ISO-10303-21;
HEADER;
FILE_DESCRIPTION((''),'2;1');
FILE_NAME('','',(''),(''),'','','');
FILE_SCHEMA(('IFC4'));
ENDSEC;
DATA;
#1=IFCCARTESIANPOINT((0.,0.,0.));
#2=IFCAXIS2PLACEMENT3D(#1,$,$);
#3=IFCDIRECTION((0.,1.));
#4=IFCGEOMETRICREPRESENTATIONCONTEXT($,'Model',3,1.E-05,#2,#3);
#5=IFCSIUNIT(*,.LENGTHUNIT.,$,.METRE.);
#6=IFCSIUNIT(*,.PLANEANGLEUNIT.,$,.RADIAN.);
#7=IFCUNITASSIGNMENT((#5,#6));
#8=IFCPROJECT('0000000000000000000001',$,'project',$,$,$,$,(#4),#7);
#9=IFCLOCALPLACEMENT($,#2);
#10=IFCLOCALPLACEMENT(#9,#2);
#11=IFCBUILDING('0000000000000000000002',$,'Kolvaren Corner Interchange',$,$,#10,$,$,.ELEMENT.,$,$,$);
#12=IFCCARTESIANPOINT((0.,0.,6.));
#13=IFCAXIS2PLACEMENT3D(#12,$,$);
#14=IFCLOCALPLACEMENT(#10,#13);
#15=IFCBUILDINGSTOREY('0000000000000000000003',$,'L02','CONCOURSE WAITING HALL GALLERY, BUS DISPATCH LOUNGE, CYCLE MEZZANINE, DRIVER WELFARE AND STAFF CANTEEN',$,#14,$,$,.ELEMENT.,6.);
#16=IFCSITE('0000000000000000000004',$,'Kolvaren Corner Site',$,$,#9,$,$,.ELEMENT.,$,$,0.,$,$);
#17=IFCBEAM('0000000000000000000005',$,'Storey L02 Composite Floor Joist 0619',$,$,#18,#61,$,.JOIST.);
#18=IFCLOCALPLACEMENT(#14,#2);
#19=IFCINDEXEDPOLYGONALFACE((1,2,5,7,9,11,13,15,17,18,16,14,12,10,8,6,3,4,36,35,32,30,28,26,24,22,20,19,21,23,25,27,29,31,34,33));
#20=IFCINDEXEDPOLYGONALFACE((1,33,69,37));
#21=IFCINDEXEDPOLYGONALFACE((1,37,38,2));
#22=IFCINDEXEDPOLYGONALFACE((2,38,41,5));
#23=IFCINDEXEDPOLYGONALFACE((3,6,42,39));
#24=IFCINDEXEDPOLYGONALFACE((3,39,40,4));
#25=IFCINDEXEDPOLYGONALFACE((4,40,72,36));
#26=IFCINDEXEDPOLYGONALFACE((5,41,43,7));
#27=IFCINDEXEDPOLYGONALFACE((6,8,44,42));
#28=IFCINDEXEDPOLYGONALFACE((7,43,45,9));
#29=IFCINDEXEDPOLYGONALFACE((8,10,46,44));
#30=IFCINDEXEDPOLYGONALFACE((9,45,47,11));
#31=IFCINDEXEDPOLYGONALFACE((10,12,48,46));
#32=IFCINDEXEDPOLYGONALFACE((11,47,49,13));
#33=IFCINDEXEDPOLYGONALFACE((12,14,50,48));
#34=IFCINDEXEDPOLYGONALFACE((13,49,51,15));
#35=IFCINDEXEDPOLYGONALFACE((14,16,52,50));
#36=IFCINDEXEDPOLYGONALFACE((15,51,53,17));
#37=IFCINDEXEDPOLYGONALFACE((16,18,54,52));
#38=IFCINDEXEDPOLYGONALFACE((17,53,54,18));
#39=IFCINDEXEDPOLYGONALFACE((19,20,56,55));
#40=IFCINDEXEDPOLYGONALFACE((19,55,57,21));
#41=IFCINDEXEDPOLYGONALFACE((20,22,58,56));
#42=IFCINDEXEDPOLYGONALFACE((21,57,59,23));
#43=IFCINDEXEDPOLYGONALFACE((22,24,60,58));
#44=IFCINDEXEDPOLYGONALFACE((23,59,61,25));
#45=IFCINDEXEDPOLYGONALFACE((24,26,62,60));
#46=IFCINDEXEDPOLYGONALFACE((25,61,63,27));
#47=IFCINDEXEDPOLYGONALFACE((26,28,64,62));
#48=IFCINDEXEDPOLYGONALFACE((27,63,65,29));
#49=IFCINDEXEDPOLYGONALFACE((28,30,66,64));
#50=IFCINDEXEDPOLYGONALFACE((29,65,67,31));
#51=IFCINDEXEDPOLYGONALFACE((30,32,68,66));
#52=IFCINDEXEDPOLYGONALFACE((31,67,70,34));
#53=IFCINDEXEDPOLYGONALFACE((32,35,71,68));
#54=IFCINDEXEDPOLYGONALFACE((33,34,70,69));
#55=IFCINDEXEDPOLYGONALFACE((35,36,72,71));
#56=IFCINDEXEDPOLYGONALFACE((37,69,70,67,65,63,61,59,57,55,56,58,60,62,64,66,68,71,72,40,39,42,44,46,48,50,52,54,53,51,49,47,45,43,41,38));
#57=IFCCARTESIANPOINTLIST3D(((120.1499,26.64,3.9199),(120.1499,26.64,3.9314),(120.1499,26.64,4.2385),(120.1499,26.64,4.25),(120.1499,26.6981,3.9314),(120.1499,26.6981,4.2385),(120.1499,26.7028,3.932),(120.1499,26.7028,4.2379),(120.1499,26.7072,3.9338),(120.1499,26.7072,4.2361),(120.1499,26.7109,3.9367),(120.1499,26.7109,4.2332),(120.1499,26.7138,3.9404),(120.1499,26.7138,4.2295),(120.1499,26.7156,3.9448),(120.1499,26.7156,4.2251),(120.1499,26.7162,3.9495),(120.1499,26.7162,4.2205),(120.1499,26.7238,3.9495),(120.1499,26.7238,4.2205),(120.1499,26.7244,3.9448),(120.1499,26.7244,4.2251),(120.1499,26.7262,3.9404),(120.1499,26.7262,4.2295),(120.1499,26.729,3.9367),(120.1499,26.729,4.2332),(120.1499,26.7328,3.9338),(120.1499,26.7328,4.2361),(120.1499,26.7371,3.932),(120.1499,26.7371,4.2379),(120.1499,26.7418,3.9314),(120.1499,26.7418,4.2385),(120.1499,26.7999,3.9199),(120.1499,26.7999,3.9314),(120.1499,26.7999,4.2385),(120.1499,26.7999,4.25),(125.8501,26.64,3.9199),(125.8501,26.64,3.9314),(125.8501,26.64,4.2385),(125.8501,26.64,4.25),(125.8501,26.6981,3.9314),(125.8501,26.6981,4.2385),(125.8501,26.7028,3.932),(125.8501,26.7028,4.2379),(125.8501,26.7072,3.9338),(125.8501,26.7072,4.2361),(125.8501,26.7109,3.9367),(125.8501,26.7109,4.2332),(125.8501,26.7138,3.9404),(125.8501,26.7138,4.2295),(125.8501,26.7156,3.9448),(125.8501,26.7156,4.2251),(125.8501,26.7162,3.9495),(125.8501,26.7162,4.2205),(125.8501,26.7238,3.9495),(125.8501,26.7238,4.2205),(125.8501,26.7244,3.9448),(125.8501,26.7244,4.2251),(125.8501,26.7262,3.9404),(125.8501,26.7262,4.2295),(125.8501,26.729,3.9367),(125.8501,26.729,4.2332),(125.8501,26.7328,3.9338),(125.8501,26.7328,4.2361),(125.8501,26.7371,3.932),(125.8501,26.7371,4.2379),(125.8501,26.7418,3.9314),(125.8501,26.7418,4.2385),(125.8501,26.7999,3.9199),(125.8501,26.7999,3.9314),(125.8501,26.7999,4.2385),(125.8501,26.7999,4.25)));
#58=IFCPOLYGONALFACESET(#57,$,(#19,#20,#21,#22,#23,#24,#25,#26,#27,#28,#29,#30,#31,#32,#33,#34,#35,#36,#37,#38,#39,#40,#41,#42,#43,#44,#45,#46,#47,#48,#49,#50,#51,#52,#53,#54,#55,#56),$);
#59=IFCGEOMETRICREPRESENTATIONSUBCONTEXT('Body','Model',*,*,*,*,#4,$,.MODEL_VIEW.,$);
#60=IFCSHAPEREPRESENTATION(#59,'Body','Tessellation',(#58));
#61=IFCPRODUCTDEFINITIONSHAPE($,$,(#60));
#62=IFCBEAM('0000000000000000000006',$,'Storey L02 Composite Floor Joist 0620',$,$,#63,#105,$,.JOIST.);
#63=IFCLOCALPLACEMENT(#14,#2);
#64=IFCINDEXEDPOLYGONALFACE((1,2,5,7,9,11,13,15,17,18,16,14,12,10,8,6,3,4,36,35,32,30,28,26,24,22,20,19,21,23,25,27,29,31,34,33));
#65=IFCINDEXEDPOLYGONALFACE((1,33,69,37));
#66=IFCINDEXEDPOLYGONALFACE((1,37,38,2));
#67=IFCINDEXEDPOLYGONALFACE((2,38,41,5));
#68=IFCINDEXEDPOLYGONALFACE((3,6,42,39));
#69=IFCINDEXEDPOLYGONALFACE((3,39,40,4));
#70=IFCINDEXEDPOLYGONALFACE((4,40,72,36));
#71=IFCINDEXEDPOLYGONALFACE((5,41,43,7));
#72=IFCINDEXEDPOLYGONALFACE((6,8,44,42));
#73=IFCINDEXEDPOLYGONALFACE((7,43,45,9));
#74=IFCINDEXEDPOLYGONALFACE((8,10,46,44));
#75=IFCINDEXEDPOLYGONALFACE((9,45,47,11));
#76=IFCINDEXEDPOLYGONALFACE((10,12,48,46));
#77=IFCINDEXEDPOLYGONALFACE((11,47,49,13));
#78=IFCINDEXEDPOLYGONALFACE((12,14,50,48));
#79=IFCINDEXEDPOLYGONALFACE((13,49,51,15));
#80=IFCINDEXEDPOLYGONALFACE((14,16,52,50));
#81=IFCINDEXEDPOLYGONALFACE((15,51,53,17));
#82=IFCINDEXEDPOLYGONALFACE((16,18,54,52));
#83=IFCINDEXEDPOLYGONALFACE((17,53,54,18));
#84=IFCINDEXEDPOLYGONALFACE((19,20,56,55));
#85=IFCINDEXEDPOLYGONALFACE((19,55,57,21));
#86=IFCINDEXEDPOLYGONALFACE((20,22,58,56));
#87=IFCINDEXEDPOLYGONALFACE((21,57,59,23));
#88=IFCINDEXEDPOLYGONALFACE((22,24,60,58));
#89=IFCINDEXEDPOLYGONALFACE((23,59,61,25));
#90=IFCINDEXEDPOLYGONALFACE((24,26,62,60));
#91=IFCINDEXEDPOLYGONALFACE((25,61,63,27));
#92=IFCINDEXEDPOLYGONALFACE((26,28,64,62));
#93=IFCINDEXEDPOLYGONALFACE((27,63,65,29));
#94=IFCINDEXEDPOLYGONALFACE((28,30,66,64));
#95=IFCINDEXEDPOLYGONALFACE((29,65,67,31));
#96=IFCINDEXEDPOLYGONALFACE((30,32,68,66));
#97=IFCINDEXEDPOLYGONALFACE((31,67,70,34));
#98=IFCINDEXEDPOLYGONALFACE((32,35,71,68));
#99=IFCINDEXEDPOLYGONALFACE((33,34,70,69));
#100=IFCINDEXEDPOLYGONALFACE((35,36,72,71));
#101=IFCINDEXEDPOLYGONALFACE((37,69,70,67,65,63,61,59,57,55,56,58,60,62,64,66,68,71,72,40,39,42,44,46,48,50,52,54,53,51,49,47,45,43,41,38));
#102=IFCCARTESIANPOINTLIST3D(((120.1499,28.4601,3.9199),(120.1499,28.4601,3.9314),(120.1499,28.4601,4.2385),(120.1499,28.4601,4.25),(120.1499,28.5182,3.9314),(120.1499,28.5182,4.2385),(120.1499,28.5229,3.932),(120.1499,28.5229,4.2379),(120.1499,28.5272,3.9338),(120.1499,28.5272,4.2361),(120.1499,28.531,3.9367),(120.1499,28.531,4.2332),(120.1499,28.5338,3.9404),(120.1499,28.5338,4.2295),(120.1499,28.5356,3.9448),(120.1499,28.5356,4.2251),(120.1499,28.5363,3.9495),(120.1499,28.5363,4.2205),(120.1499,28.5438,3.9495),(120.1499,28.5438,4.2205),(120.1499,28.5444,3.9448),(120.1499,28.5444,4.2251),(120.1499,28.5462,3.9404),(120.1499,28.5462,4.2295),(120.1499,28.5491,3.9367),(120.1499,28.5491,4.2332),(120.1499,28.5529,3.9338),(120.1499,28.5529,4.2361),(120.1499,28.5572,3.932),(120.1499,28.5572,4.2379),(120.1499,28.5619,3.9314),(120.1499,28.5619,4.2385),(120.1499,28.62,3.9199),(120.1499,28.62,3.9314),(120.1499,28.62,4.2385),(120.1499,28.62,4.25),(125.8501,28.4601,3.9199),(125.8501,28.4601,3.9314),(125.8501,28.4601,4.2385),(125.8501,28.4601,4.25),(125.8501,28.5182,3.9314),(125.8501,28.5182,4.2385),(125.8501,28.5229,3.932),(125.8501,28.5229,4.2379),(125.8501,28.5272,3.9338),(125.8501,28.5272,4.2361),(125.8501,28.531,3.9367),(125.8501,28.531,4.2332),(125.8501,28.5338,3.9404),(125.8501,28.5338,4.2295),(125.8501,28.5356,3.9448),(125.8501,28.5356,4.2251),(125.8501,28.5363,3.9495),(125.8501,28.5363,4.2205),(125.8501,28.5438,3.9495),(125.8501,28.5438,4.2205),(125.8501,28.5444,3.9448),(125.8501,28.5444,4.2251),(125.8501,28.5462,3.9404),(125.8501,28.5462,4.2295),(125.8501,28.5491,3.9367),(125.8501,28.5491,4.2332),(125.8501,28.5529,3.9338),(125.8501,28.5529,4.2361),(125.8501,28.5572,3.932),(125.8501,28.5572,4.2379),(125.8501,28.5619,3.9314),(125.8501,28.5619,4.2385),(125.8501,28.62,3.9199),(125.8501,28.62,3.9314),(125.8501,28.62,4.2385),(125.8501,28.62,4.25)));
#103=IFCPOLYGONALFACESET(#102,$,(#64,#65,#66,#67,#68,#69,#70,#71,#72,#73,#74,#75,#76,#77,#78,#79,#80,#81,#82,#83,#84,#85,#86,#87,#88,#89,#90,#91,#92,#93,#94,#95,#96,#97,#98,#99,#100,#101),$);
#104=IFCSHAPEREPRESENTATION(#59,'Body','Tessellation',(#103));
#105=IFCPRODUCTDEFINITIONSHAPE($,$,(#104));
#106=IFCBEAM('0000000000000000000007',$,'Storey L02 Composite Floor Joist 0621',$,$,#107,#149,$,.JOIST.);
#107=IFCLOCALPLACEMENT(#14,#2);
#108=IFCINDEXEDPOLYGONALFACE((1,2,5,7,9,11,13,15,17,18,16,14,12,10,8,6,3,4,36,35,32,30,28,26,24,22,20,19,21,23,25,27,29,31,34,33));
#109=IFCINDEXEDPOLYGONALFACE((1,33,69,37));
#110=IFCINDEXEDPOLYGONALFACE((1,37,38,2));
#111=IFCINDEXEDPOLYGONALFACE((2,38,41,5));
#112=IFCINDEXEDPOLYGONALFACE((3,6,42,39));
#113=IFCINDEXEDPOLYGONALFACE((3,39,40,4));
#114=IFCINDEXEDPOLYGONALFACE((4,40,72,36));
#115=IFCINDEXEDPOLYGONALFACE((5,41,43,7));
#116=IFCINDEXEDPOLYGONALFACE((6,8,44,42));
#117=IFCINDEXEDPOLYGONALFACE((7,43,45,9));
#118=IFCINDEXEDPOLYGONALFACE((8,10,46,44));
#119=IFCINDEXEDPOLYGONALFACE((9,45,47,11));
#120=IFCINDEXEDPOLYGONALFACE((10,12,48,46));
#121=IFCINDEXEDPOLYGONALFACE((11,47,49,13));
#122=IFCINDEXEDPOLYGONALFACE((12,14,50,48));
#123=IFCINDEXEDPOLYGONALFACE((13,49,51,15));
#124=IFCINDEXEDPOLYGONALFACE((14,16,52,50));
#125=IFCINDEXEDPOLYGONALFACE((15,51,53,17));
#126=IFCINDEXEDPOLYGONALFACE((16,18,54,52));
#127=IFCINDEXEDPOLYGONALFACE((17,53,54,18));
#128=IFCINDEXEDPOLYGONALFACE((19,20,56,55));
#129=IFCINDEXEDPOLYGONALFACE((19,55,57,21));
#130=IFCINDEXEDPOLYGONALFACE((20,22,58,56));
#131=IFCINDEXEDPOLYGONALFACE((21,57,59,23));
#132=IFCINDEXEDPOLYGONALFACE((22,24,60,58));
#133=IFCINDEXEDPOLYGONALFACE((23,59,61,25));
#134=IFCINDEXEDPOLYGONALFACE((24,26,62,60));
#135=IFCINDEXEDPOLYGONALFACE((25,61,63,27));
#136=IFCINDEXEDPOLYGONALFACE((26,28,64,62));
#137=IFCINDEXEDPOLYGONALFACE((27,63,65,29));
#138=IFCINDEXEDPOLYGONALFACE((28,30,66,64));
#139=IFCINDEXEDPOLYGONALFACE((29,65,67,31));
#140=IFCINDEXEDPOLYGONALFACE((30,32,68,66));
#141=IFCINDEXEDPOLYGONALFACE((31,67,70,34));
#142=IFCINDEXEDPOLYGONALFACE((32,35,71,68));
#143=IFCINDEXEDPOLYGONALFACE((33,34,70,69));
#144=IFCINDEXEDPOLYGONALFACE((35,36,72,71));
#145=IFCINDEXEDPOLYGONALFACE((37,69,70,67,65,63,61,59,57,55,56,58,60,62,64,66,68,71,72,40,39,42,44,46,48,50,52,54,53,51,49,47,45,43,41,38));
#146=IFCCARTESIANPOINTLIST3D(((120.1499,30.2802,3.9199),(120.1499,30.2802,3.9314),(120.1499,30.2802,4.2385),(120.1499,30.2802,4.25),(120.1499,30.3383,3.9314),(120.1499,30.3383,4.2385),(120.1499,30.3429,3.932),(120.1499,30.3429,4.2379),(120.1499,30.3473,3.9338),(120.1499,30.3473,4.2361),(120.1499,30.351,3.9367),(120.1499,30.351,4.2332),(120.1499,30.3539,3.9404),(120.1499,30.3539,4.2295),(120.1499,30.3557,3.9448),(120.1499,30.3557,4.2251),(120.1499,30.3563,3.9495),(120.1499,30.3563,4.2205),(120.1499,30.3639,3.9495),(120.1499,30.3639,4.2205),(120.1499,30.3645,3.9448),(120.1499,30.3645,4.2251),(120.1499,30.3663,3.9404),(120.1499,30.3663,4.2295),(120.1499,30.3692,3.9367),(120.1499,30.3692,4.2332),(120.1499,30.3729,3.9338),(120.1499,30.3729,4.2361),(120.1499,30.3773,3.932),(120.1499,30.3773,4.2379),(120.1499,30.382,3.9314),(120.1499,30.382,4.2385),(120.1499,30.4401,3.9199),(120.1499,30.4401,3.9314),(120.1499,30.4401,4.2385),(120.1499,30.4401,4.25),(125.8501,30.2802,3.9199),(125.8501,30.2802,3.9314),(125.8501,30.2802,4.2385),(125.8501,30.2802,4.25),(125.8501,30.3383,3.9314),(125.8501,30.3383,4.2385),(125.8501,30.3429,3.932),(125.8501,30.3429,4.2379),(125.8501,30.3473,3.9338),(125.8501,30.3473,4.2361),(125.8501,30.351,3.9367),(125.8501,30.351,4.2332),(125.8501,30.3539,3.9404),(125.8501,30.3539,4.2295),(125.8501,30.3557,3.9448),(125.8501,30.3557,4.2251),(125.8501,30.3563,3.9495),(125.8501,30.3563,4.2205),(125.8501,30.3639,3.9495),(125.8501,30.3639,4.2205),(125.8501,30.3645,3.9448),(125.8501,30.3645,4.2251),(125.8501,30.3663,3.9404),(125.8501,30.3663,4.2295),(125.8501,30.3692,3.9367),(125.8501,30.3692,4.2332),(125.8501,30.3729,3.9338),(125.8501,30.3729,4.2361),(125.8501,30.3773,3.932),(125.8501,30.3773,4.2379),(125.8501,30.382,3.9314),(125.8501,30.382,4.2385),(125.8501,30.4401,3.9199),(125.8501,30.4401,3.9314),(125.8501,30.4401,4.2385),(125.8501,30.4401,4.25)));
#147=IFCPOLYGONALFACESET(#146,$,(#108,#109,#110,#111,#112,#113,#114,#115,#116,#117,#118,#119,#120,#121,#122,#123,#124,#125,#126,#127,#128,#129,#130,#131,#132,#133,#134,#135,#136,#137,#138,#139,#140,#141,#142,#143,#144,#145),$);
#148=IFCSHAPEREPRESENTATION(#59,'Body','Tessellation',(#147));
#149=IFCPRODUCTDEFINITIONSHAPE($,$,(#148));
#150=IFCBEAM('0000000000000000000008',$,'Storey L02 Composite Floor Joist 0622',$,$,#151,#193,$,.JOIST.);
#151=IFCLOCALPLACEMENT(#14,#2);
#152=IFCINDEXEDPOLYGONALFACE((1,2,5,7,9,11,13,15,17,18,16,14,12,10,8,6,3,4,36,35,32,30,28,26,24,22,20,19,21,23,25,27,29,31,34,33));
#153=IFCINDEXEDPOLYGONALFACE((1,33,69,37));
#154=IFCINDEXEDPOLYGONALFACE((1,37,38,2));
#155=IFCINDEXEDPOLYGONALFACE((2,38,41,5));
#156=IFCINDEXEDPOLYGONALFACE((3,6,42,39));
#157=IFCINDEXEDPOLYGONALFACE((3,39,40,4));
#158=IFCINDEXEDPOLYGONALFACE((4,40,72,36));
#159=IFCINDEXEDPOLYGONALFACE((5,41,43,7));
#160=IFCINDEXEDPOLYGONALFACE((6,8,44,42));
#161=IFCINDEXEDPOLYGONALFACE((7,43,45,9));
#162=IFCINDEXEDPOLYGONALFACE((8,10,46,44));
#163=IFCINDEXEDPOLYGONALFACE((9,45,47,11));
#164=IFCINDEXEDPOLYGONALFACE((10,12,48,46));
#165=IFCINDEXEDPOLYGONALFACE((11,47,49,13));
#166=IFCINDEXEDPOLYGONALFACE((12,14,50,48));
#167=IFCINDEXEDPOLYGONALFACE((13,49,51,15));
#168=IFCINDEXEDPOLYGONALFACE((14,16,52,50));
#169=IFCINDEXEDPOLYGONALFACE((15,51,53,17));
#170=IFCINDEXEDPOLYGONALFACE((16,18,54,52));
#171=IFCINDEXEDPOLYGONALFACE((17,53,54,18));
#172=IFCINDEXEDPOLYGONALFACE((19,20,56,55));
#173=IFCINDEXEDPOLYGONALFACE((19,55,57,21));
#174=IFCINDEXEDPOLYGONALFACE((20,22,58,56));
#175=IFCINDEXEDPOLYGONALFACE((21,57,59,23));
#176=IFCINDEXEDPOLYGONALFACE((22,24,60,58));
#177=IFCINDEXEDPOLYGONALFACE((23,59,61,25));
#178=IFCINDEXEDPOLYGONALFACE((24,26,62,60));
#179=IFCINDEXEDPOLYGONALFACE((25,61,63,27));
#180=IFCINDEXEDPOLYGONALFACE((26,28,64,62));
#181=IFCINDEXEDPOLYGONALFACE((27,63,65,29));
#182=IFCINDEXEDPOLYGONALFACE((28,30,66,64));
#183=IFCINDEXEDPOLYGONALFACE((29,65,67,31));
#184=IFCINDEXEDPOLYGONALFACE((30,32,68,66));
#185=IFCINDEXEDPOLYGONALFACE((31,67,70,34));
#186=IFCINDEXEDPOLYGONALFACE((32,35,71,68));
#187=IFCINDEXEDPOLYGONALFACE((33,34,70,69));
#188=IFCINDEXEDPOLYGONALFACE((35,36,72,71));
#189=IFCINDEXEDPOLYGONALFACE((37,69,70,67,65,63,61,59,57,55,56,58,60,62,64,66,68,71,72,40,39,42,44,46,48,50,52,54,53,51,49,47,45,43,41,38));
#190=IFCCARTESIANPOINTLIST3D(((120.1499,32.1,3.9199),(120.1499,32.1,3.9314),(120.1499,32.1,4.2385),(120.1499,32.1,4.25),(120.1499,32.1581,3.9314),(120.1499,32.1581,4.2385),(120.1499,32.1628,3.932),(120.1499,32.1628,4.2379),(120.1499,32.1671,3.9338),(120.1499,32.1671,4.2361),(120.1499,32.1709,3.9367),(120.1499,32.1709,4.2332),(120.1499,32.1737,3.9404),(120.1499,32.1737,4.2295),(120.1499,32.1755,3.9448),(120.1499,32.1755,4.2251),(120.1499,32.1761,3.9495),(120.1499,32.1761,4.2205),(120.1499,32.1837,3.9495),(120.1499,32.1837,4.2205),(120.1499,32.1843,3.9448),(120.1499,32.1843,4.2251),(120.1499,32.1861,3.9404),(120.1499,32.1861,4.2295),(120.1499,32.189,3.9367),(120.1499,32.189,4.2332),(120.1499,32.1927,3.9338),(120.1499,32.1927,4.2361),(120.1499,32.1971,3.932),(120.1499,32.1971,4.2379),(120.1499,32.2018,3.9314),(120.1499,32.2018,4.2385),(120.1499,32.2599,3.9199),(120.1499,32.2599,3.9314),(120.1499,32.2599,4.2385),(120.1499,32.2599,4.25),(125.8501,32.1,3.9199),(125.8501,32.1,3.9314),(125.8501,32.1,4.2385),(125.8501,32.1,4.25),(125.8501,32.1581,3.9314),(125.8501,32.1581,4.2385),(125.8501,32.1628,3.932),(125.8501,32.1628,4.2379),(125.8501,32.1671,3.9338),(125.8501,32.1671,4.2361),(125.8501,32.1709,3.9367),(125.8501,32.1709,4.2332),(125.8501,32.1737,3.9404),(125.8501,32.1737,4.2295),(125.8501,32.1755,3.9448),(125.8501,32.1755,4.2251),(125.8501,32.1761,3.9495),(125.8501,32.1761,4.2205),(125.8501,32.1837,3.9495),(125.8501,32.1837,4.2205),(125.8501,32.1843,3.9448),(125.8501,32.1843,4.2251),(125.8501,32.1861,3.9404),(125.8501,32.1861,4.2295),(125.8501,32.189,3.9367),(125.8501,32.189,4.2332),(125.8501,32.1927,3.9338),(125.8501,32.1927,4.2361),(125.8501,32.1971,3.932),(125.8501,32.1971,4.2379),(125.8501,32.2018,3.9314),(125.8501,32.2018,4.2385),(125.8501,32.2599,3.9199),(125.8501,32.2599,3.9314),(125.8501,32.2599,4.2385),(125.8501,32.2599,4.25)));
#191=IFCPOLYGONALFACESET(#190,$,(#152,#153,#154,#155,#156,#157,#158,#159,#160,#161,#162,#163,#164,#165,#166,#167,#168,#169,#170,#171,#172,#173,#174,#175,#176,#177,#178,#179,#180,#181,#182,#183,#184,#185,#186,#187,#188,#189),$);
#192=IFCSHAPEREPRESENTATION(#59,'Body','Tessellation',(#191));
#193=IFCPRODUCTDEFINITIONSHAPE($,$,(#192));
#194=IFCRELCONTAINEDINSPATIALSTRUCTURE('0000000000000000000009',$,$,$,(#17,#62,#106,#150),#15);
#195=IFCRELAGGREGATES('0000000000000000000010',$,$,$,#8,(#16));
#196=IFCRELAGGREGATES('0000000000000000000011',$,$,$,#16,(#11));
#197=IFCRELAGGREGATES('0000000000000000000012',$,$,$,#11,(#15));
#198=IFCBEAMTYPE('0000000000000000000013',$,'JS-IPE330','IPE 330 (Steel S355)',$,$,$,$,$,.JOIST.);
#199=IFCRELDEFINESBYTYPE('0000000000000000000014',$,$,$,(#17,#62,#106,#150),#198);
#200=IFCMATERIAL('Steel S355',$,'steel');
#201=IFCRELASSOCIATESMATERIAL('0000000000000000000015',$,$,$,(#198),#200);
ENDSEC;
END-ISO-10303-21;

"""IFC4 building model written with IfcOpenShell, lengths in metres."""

from ifc_helpers import new_model, si_unit, direction, frame, origin, origin_2d, place, context, subcontext, project, spatial, i_section, extrude, material, material_profile, profile_set, type_object, element, save


model = new_model("IFC4")

# Units and contexts
model_context = context("Model", 3, precision=1e-05, world=origin(), true_north=direction((0.0, 1.0)))
body_context = subcontext(model_context, "Body", "Model", "MODEL_VIEW")
ifc_project = project(units=[si_unit("LENGTHUNIT", "METRE"), si_unit("PLANEANGLEUNIT", "RADIAN")], contexts=[model_context])

# Site, building, storey
site_placement = place(None, origin())
site = spatial("IfcSite", under=ifc_project, at=site_placement, Name="Kolvaren Corner Site", CompositionType="ELEMENT", RefElevation=0.0)
building_placement = place(site_placement, origin())
building = spatial("IfcBuilding", under=site, at=building_placement, Name="Kolvaren Corner Interchange", CompositionType="ELEMENT")
storey_placement = place(building_placement, frame((0.0, 0.0, 6.0)))
storey = spatial("IfcBuildingStorey", under=building, at=storey_placement, Name="L02", Description="CONCOURSE WAITING HALL GALLERY, BUS DISPATCH LOUNGE, CYCLE MEZZANINE, DRIVER WELFARE AND STAFF CANTEEN", CompositionType="ELEMENT", Elevation=6.0)

# Beams
ifc_material_1 = material(Name="Steel S355", Category="steel")
ifc_material_profile_1 = material_profile(ifc_material_1, i_section(OverallWidth=0.1599, OverallDepth=0.3301, WebThickness=0.0076, FlangeThickness=0.0115, FilletRadius=0.0181, at=origin_2d()), Name="IPE 330")
ifc_profile_set_1 = profile_set([ifc_material_profile_1], Name="Steel S355")
beam_type_1 = type_object("IfcBeamType", Name="JS-IPE330", Description="IPE 330 (Steel S355)", PredefinedType="JOIST", material=ifc_profile_set_1)
for number, where, z_axis, x_axis, name in (
    (1, (120.1499, 26.72, 4.085), (1.0, 0.0, 0.0), (0.0, 1.0, 0.0), "Storey L02 Composite Floor Joist 0619"),
    (2, (120.1499, 28.54, 4.085), (1.0, 0.0, 0.0), (0.0, 1.0, 0.0), "Storey L02 Composite Floor Joist 0620"),
    (3, (120.1499, 30.3601, 4.085), (1.0, 0.0, 0.0), (0.0, 1.0, 0.0), "Storey L02 Composite Floor Joist 0621"),
    (4, (120.1499, 32.1799, 4.085), (1.0, 0.0, 0.0), (0.0, 1.0, 0.0), "Storey L02 Composite Floor Joist 0622"),
):
    element("IfcBeam", number, at=place(storey_placement, frame(where, z_axis=z_axis, x_axis=x_axis)), inside=storey, type_object=beam_type_1, Name=name, PredefinedType="JOIST", context=body_context, shape_type="SweptSolid", body=[
        extrude(i_section(OverallWidth=0.1599, OverallDepth=0.3301, WebThickness=0.0076, FlangeThickness=0.0115, FilletRadius=0.0181, at=origin_2d()), origin(), (0.0, 0.0, 1.0), 5.7002),
    ])

save(model, "model.ifc")
